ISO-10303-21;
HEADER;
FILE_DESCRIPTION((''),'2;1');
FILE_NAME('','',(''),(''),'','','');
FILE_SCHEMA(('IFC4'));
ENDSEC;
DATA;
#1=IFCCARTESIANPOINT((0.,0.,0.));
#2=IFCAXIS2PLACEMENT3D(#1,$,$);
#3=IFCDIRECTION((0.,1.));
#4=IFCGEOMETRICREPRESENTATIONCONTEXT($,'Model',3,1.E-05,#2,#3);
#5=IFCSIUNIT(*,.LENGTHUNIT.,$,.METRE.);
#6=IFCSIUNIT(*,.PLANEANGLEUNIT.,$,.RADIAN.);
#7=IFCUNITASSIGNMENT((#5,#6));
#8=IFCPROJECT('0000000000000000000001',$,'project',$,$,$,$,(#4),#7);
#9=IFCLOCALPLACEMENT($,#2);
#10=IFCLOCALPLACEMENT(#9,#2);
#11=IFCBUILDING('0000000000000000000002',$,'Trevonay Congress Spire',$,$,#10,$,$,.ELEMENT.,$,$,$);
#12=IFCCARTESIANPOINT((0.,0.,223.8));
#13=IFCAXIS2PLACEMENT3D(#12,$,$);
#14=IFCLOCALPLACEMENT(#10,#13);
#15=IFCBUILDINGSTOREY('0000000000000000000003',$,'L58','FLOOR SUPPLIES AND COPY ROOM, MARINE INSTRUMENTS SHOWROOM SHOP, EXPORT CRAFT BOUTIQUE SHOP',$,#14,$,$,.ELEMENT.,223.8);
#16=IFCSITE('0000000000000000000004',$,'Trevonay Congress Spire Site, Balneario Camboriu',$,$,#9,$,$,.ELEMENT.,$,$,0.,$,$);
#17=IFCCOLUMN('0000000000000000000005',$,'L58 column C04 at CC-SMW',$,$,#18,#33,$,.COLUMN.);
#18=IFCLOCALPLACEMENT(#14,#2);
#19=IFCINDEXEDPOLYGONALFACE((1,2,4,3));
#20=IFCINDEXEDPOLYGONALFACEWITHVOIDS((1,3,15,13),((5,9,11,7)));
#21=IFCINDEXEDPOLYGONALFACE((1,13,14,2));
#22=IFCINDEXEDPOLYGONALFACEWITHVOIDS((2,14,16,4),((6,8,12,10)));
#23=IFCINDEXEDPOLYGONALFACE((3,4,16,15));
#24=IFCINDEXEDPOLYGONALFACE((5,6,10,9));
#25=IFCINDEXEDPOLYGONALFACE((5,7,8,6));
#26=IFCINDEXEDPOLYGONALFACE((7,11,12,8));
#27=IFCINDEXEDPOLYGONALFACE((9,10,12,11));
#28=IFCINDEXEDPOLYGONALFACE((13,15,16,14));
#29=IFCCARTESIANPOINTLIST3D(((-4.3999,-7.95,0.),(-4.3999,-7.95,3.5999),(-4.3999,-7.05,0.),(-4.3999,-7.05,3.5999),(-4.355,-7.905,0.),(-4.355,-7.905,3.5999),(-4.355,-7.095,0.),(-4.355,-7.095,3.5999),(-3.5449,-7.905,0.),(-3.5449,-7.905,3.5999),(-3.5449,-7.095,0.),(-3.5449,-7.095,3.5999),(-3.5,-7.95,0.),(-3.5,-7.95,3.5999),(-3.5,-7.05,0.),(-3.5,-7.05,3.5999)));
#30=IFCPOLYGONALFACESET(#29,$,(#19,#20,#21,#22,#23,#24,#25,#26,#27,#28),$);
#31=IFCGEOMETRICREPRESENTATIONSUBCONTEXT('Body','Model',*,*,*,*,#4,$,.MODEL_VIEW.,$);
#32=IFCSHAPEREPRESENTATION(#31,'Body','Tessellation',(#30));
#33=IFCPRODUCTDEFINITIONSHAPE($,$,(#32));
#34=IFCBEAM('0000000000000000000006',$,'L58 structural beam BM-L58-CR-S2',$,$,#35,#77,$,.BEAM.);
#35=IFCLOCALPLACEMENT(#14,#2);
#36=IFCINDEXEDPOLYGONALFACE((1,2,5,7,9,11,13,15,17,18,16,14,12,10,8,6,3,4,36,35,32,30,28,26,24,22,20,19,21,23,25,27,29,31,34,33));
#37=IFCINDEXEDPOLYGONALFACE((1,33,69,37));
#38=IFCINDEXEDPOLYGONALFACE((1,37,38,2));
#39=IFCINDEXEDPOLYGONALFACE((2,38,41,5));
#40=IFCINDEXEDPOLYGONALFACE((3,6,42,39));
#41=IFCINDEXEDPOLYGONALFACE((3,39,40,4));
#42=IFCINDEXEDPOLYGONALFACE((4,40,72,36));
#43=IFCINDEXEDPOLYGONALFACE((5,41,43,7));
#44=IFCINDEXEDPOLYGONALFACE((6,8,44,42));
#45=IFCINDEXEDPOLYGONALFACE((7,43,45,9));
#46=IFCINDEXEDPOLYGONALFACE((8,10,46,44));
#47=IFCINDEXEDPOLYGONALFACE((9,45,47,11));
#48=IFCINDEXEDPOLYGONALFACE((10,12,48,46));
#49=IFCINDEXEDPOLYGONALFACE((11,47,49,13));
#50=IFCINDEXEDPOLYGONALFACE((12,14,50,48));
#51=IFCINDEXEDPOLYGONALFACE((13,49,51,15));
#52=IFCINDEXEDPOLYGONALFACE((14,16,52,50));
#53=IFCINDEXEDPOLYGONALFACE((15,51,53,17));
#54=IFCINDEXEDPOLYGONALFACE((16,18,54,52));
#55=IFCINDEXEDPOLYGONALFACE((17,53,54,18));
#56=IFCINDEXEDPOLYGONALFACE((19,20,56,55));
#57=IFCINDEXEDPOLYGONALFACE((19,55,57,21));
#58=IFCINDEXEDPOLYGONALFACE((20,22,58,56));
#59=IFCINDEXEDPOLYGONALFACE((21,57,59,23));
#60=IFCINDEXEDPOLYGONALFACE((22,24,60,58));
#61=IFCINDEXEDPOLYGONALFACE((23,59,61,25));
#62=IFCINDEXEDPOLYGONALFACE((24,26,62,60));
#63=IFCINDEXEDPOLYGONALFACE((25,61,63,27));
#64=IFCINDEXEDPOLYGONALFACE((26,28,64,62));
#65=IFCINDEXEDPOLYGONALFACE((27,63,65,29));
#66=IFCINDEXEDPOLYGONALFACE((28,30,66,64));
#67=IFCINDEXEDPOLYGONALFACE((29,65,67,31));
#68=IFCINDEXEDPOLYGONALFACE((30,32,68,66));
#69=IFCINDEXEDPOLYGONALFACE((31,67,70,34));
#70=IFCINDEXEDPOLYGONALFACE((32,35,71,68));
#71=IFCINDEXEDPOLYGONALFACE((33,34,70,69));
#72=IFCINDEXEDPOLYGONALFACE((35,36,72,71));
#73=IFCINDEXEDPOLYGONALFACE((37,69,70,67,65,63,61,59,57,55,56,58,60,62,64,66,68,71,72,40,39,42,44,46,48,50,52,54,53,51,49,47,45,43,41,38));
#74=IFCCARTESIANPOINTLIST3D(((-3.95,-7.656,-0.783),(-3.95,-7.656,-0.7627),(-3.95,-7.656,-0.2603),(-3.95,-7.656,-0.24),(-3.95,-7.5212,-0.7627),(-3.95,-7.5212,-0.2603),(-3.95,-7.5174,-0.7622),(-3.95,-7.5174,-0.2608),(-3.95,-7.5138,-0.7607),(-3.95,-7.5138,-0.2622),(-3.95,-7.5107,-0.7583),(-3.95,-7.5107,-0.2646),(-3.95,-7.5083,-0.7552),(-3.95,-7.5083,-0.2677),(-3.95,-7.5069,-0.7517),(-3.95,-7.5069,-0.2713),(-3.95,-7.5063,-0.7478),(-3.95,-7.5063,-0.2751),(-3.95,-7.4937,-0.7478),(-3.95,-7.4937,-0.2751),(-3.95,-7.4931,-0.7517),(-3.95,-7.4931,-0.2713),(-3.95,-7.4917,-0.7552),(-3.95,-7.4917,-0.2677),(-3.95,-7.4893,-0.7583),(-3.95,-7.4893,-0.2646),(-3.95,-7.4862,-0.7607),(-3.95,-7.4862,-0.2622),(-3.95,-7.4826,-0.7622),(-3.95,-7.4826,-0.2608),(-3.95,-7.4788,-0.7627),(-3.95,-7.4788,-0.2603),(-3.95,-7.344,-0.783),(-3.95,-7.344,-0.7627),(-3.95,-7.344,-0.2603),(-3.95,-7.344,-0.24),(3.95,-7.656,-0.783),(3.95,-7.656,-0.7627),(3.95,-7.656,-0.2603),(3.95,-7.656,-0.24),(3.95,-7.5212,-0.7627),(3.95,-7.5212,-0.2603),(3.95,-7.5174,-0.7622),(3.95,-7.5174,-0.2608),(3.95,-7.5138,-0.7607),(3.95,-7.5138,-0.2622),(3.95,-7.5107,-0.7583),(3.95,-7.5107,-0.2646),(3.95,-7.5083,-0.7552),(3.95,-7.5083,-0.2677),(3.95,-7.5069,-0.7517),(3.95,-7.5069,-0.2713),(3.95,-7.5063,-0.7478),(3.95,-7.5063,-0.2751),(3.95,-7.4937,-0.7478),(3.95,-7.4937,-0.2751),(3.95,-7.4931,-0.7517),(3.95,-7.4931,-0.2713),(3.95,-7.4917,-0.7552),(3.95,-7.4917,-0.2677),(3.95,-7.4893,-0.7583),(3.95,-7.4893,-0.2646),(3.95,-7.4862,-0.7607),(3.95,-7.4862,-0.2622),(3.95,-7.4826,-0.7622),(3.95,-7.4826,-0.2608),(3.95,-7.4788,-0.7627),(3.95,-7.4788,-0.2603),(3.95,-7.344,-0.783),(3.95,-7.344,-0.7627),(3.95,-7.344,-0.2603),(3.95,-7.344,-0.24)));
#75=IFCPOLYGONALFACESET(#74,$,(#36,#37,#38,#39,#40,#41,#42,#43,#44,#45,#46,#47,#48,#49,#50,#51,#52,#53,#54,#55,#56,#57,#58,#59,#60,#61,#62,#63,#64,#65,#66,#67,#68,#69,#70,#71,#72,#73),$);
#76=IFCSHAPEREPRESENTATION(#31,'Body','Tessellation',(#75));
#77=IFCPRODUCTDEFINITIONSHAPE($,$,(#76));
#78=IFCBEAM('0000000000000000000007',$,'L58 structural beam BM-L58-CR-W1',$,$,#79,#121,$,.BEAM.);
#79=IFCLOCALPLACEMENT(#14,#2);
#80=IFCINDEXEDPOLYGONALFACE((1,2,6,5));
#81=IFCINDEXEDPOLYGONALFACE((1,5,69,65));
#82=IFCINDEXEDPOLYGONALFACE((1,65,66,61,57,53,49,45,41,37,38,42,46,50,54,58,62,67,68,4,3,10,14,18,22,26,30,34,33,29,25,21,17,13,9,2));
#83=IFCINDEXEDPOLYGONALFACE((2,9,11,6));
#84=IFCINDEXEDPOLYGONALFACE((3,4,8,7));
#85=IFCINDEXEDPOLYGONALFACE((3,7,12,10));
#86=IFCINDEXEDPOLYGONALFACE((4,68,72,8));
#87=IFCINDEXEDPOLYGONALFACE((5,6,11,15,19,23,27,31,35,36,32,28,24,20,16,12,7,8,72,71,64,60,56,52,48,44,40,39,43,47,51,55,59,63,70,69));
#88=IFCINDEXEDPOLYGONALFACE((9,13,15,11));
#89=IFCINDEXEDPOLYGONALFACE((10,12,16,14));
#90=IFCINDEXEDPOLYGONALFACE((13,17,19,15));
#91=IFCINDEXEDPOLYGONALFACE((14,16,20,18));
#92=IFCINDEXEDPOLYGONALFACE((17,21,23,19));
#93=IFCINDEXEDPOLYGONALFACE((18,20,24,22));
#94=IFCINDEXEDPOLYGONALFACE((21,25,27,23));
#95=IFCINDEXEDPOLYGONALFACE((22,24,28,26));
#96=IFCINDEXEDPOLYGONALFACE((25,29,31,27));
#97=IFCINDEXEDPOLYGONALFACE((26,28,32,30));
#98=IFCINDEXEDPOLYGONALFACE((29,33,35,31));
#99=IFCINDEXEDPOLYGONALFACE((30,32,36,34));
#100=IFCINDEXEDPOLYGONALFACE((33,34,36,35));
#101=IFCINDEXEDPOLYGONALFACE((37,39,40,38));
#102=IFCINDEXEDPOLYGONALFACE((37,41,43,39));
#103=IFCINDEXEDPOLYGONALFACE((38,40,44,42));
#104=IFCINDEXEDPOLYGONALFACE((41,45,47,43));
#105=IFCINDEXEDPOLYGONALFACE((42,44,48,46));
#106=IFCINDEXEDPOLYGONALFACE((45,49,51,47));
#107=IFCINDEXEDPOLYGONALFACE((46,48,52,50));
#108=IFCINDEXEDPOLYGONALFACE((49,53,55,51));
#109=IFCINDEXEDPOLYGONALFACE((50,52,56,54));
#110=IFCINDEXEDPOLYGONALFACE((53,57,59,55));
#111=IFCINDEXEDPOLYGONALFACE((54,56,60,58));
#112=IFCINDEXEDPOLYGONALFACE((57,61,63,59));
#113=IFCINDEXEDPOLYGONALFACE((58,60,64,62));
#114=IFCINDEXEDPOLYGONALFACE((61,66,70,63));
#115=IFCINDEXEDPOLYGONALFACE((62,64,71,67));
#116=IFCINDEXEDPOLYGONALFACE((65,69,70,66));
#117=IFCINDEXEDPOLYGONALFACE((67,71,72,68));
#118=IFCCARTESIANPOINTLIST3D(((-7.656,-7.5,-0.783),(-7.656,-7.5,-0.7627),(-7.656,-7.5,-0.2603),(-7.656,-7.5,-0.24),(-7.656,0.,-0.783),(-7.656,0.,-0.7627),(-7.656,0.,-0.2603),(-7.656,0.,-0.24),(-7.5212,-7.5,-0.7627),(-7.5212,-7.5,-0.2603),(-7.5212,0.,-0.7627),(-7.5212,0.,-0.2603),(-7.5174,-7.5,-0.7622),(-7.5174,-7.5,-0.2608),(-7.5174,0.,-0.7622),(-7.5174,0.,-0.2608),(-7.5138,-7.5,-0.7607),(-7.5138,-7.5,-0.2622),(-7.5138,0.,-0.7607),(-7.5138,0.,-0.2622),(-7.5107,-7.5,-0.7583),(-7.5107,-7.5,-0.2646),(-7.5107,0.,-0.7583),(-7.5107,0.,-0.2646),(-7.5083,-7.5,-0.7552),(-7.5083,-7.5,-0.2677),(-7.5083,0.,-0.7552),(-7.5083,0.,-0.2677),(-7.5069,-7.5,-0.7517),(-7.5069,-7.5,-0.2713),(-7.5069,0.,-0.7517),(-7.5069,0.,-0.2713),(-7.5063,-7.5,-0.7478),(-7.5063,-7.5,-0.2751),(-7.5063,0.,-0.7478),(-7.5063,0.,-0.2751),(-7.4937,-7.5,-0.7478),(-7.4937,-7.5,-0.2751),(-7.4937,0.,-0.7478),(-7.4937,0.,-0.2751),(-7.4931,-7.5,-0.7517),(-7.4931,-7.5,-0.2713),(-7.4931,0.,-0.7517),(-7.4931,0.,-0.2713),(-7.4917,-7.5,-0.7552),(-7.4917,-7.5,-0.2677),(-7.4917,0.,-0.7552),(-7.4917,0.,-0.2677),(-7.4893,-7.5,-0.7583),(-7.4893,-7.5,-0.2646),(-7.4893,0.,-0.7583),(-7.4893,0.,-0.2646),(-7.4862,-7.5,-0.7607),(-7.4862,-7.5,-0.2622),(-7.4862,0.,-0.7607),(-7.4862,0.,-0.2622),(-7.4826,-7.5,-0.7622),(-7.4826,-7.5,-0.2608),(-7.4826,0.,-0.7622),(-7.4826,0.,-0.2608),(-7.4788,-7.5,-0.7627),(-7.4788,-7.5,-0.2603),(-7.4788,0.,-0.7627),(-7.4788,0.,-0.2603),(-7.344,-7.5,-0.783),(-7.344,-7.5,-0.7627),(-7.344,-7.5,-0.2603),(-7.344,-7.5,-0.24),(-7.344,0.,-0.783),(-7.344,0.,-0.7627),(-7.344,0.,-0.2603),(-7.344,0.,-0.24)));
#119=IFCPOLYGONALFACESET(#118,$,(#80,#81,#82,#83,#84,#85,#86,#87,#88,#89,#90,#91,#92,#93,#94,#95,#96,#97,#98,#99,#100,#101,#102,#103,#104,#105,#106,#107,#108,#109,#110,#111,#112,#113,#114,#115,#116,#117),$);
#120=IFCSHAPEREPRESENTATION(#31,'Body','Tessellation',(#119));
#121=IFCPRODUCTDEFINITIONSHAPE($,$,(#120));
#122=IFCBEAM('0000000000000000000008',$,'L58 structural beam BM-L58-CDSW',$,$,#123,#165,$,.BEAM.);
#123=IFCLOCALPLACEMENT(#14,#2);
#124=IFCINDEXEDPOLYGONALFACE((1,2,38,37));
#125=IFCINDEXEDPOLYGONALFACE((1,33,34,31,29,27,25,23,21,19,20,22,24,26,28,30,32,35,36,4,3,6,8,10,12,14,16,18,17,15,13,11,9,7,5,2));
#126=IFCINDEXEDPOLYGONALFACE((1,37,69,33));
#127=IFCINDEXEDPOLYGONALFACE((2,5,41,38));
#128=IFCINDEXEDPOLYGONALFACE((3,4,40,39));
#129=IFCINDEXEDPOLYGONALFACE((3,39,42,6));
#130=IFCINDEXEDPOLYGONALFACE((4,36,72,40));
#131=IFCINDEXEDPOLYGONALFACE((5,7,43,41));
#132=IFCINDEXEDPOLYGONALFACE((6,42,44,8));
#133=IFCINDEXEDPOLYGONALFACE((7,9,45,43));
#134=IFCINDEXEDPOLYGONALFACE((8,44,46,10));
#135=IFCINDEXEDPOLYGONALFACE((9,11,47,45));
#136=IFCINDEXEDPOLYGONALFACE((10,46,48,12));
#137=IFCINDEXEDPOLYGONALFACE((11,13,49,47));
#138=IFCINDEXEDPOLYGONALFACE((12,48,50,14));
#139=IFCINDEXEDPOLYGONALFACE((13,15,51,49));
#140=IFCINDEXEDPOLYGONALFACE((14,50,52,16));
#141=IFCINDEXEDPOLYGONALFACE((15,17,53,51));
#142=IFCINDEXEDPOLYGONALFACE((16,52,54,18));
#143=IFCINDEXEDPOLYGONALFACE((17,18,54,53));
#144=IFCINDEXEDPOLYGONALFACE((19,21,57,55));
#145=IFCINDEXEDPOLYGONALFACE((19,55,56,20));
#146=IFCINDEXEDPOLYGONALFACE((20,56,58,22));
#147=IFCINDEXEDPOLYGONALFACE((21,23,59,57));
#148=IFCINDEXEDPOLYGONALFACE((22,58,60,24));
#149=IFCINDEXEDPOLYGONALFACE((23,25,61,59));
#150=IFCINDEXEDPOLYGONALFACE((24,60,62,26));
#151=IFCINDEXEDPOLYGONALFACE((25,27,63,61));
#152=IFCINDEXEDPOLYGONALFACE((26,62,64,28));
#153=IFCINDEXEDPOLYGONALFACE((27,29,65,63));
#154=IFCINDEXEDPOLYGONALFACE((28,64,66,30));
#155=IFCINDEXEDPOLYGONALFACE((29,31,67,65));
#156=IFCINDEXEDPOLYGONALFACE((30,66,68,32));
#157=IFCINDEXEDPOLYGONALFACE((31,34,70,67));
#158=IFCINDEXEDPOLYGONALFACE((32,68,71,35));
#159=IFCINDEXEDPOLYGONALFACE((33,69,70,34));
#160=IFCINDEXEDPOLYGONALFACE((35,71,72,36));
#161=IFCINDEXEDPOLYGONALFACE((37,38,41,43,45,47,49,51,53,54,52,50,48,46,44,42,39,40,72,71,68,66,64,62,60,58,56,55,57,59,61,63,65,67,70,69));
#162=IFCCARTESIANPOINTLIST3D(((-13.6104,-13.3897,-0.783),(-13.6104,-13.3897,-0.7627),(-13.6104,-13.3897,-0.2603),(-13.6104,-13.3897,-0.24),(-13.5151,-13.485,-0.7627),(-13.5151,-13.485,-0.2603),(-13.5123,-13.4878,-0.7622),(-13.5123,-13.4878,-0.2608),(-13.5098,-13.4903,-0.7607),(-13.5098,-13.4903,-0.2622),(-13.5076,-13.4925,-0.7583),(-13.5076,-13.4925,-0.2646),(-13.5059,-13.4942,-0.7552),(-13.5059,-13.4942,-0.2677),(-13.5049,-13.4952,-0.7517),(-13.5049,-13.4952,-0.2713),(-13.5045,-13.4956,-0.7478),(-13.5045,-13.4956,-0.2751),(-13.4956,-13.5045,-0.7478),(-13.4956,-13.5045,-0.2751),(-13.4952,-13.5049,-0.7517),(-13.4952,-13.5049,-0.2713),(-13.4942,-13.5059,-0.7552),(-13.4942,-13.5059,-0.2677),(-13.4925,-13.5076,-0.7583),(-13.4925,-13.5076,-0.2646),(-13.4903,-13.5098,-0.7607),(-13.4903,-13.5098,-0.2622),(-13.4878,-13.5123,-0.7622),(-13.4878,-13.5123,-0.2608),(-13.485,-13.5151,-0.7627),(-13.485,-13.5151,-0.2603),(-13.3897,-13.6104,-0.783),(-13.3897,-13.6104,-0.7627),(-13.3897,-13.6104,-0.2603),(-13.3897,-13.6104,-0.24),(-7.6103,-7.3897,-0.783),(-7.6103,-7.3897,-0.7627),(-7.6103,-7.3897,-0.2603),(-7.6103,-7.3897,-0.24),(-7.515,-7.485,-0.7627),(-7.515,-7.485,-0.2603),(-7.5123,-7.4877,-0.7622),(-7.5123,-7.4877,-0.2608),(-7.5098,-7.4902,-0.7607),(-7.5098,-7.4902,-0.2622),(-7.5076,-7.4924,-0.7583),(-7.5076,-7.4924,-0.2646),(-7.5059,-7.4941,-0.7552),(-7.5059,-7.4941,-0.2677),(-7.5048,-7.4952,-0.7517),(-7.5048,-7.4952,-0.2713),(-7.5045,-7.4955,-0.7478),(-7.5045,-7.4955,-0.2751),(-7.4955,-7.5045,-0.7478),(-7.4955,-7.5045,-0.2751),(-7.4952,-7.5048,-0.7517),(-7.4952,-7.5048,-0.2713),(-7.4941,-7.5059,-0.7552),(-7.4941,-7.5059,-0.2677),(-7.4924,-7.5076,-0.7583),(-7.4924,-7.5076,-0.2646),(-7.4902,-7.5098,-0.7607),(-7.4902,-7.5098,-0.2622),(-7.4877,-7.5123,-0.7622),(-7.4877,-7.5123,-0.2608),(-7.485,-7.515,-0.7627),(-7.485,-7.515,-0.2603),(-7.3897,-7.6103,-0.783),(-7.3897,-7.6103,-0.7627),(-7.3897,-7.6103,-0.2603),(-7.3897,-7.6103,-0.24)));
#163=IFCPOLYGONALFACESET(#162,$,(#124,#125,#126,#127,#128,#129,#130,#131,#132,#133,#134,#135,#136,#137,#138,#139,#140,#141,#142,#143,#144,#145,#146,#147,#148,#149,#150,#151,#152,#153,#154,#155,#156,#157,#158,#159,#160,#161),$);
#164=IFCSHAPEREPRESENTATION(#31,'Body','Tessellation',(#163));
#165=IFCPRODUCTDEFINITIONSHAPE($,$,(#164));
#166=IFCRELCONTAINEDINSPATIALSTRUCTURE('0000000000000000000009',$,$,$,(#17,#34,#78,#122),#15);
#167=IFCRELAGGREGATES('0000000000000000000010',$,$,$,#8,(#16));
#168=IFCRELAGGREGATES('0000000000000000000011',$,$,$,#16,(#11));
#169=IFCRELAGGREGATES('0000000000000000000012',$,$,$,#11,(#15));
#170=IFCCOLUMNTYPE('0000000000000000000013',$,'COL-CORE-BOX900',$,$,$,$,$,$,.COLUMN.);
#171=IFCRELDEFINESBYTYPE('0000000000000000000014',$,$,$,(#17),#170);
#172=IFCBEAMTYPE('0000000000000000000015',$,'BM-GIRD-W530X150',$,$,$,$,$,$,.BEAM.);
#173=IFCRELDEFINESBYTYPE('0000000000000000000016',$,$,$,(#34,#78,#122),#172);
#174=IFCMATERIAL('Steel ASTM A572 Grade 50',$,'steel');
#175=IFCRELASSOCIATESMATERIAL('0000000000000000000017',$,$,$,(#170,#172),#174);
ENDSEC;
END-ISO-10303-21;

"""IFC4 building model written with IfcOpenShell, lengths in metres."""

from ifc_helpers import new_model, si_unit, direction, frame, origin, origin_2d, place, context, subcontext, project, spatial, hollow_rectangle, i_section, extrude, material, material_profile, profile_set, type_object, element, save


model = new_model("IFC4")

# Units and contexts
model_context = context("Model", 3, precision=1e-05, world=origin(), true_north=direction((0.0, 1.0)))
body_context = subcontext(model_context, "Body", "Model", "MODEL_VIEW")
ifc_project = project(units=[si_unit("LENGTHUNIT", "METRE"), si_unit("PLANEANGLEUNIT", "RADIAN")], contexts=[model_context])

# Site, building, storey
site_placement = place(None, origin())
site = spatial("IfcSite", under=ifc_project, at=site_placement, Name="Trevonay Congress Spire Site, Balneario Camboriu", CompositionType="ELEMENT", RefElevation=0.0)
building_placement = place(site_placement, origin())
building = spatial("IfcBuilding", under=site, at=building_placement, Name="Trevonay Congress Spire", CompositionType="ELEMENT")
storey_placement = place(building_placement, frame((0.0, 0.0, 223.8)))
storey = spatial("IfcBuildingStorey", under=building, at=storey_placement, Name="L58", Description="FLOOR SUPPLIES AND COPY ROOM, MARINE INSTRUMENTS SHOWROOM SHOP, EXPORT CRAFT BOUTIQUE SHOP", CompositionType="ELEMENT", Elevation=223.8)

# Column
ifc_material_1 = material(Name="Steel ASTM A572 Grade 50", Category="steel")
ifc_material_profile_1 = material_profile(ifc_material_1, hollow_rectangle(XDim=0.8999, YDim=0.8999, WallThickness=0.0449, at=origin_2d()), Name="BOX 900x900x45")
ifc_profile_set_1 = profile_set([ifc_material_profile_1], Name="Steel ASTM A572 Grade 50")
column_type = type_object("IfcColumnType", Name="COL-CORE-BOX900", PredefinedType="COLUMN", material=ifc_profile_set_1)
column_placement = place(storey_placement, frame((-3.95, -7.5, 0.0), z_axis=(0.0, 0.0, 1.0), x_axis=(1.0, 0.0, 0.0)))
element("IfcColumn", 1, at=column_placement, inside=storey, type_object=column_type, Name="L58 column C04 at CC-SMW", PredefinedType="COLUMN", context=body_context, shape_type="SweptSolid", body=[
    extrude(hollow_rectangle(XDim=0.8999, YDim=0.8999, WallThickness=0.0449, at=origin_2d()), origin(), (0.0, 0.0, 1.0), 3.5999),
])

# Beams
ifc_material_profile_2 = material_profile(ifc_material_1, i_section(OverallWidth=0.312, OverallDepth=0.543, WebThickness=0.0127, FlangeThickness=0.0203, FilletRadius=0.0149, at=origin_2d()), Name="W530x150")
ifc_profile_set_2 = profile_set([ifc_material_profile_2], Name="Steel ASTM A572 Grade 50")
beam_type_1 = type_object("IfcBeamType", Name="BM-GIRD-W530X150", PredefinedType="BEAM", material=ifc_profile_set_2)
beam_1_placement = place(storey_placement, frame((-3.95, -7.5, -0.5115), z_axis=(1.0, 0.0, 0.0), x_axis=(0.0, 1.0, 0.0)))
element("IfcBeam", 2, at=beam_1_placement, inside=storey, type_object=beam_type_1, Name="L58 structural beam BM-L58-CR-S2", PredefinedType="BEAM", context=body_context, shape_type="SweptSolid", body=[
    extrude(i_section(OverallWidth=0.312, OverallDepth=0.543, WebThickness=0.0127, FlangeThickness=0.0203, FilletRadius=0.0149, at=origin_2d()), origin(), (0.0, 0.0, 1.0), 7.8999),
])
beam_2_placement = place(storey_placement, frame((-7.5, -7.5, -0.5115), z_axis=(0.0, 1.0, 0.0), x_axis=(-1.0, 0.0, 0.0)))
element("IfcBeam", 3, at=beam_2_placement, inside=storey, type_object=beam_type_1, Name="L58 structural beam BM-L58-CR-W1", PredefinedType="BEAM", context=body_context, shape_type="SweptSolid", body=[
    extrude(i_section(OverallWidth=0.312, OverallDepth=0.543, WebThickness=0.0127, FlangeThickness=0.0203, FilletRadius=0.0149, at=origin_2d()), origin(), (0.0, 0.0, 1.0), 7.5),
])
beam_3_placement = place(storey_placement, frame((-7.5, -7.5, -0.5115), z_axis=(-0.707107, -0.707107, 0.0), x_axis=(0.707107, -0.707107, 0.0)))
element("IfcBeam", 4, at=beam_3_placement, inside=storey, type_object=beam_type_1, Name="L58 structural beam BM-L58-CDSW", PredefinedType="BEAM", context=body_context, shape_type="SweptSolid", body=[
    extrude(i_section(OverallWidth=0.312, OverallDepth=0.543, WebThickness=0.0127, FlangeThickness=0.0203, FilletRadius=0.0149, at=origin_2d()), origin(), (0.0, 0.0, 1.0), 8.4854),
])

save(model, "model.ifc")
